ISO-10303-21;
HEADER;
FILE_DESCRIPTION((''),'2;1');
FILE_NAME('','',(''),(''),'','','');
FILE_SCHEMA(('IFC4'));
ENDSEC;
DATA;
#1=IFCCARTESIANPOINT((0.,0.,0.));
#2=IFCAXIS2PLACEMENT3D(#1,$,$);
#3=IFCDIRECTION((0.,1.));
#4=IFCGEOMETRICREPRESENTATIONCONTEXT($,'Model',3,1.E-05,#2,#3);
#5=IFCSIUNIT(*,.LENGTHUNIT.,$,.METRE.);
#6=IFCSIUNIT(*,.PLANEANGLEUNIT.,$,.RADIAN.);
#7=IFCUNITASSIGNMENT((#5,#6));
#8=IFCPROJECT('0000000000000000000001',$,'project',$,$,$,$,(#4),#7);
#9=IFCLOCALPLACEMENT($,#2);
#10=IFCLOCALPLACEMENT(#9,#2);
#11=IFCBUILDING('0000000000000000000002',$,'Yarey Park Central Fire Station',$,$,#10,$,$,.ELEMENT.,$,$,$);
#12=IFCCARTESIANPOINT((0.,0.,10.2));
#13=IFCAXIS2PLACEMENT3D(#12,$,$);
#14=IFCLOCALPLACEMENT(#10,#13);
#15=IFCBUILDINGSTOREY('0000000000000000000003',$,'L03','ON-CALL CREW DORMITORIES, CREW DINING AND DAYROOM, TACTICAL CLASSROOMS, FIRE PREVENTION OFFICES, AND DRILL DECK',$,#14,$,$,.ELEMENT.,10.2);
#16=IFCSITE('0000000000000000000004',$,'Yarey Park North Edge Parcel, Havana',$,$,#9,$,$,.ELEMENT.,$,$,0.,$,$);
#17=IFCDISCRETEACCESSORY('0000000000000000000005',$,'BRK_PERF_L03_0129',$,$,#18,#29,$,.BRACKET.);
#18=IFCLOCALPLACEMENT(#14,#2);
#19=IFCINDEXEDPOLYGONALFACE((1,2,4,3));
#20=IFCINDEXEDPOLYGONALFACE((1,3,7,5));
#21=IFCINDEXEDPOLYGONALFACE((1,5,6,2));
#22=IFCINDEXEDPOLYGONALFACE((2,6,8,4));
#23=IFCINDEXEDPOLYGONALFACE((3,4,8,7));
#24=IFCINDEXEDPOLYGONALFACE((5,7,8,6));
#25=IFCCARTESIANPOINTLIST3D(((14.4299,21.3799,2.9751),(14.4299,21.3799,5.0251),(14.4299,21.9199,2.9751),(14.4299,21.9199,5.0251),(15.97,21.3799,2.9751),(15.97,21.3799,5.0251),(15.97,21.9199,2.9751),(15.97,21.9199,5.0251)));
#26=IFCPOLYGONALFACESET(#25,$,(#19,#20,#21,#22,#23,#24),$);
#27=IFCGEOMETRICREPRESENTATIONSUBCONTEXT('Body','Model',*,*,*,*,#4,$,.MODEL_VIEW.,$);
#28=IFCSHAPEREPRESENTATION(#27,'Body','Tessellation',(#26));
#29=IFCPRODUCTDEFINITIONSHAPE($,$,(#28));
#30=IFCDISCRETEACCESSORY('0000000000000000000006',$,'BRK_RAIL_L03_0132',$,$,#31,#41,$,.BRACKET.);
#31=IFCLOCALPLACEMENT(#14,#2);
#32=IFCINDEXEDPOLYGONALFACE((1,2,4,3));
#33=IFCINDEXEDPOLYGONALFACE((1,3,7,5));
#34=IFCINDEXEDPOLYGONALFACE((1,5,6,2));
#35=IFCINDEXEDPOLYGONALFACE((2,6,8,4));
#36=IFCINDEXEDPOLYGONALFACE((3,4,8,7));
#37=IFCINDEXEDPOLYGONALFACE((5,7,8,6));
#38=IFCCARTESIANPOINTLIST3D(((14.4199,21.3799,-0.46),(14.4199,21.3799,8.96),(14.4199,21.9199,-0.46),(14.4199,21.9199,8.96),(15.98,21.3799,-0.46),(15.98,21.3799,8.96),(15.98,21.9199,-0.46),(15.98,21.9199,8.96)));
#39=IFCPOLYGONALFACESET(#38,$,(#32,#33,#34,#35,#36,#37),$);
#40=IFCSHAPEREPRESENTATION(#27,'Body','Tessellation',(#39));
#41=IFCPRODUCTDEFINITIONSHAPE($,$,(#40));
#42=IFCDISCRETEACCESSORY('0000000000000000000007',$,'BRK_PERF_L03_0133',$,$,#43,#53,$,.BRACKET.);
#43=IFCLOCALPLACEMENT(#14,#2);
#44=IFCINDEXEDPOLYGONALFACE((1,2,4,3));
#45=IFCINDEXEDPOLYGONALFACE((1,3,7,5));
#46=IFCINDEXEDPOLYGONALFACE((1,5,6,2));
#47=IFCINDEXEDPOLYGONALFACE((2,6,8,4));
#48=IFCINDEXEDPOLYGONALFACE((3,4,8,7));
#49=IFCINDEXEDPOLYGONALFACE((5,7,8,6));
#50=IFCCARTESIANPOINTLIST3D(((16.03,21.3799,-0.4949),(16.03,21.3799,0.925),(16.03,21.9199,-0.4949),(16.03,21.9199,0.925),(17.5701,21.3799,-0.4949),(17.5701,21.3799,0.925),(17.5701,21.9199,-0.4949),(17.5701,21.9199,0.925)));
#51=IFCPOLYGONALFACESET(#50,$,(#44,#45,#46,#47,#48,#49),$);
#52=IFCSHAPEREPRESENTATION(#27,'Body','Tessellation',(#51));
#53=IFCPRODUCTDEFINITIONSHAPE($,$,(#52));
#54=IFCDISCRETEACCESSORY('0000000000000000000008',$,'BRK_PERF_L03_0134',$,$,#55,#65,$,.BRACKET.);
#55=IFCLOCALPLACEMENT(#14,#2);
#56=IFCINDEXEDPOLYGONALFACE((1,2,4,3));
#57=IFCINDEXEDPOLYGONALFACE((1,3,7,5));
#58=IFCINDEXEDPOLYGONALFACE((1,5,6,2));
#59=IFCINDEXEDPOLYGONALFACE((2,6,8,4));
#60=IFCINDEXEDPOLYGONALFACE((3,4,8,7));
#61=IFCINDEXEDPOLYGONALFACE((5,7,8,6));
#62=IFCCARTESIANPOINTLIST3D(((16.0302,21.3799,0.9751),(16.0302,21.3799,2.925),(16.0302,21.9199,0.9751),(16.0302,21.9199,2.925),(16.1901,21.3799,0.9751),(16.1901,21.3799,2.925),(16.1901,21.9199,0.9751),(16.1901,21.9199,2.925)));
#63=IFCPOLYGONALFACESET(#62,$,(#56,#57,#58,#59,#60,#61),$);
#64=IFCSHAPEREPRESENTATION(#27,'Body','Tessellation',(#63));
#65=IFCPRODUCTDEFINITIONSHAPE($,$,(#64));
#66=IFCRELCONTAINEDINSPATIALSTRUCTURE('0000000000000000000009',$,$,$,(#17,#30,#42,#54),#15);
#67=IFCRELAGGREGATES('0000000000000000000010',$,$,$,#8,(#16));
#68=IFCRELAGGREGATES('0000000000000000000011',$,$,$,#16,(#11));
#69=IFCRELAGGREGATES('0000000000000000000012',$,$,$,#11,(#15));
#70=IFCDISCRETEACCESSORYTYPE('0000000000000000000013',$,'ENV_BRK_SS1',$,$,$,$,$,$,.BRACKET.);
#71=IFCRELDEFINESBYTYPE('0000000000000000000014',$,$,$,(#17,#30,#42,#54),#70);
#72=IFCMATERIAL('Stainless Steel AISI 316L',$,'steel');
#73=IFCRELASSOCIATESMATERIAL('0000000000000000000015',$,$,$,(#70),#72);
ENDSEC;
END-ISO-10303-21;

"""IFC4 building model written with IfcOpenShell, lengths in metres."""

from ifc_helpers import new_model, si_unit, direction, frame, origin, origin_2d, place, context, subcontext, project, spatial, rectangle, extrude, material, type_object, element, save


model = new_model("IFC4")

# Units and contexts
model_context = context("Model", 3, precision=1e-05, world=origin(), true_north=direction((0.0, 1.0)))
body_context = subcontext(model_context, "Body", "Model", "MODEL_VIEW")
ifc_project = project(units=[si_unit("LENGTHUNIT", "METRE"), si_unit("PLANEANGLEUNIT", "RADIAN")], contexts=[model_context])

# Site, building, storey
site_placement = place(None, origin())
site = spatial("IfcSite", under=ifc_project, at=site_placement, Name="Yarey Park North Edge Parcel, Havana", CompositionType="ELEMENT", RefElevation=0.0)
building_placement = place(site_placement, origin())
building = spatial("IfcBuilding", under=site, at=building_placement, Name="Yarey Park Central Fire Station", CompositionType="ELEMENT")
storey_placement = place(building_placement, frame((0.0, 0.0, 10.2)))
storey = spatial("IfcBuildingStorey", under=building, at=storey_placement, Name="L03", Description="ON-CALL CREW DORMITORIES, CREW DINING AND DAYROOM, TACTICAL CLASSROOMS, FIRE PREVENTION OFFICES, AND DRILL DECK", CompositionType="ELEMENT", Elevation=10.2)

# Discrete accessories
ifc_material_1 = material(Name="Stainless Steel AISI 316L", Category="steel")
discrete_accessory_type = type_object("IfcDiscreteAccessoryType", Name="ENV_BRK_SS1", PredefinedType="BRACKET", material=ifc_material_1)
discrete_accessory_1_placement = place(storey_placement, frame((15.2, 21.6499, 2.9751), z_axis=(0.0, 0.0, 1.0), x_axis=(1.0, 0.0, 0.0)))
element("IfcDiscreteAccessory", 1, at=discrete_accessory_1_placement, inside=storey, type_object=discrete_accessory_type, Name="BRK_PERF_L03_0129", PredefinedType="BRACKET", context=body_context, shape_type="SweptSolid", body=[
    extrude(rectangle(XDim=1.54, YDim=0.54, at=origin_2d()), origin(), (0.0, 0.0, 1.0), 2.05),
])
discrete_accessory_2_placement = place(storey_placement, frame((15.2, 21.6499, -0.46), z_axis=(0.0, 0.0, 1.0), x_axis=(1.0, 0.0, 0.0)))
element("IfcDiscreteAccessory", 2, at=discrete_accessory_2_placement, inside=storey, type_object=discrete_accessory_type, Name="BRK_RAIL_L03_0132", PredefinedType="BRACKET", context=body_context, shape_type="SweptSolid", body=[
    extrude(rectangle(XDim=1.5601, YDim=0.54, at=origin_2d()), origin(), (0.0, 0.0, 1.0), 9.4199),
])
discrete_accessory_3_placement = place(storey_placement, frame((16.8, 21.6499, -0.4949), z_axis=(0.0, 0.0, 1.0), x_axis=(1.0, 0.0, 0.0)))
element("IfcDiscreteAccessory", 3, at=discrete_accessory_3_placement, inside=storey, type_object=discrete_accessory_type, Name="BRK_PERF_L03_0133", PredefinedType="BRACKET", context=body_context, shape_type="SweptSolid", body=[
    extrude(rectangle(XDim=1.54, YDim=0.54, at=origin_2d()), origin(), (0.0, 0.0, 1.0), 1.4199),
])
discrete_accessory_4_placement = place(storey_placement, frame((16.1101, 21.6499, 0.9751), z_axis=(0.0, 0.0, 1.0), x_axis=(1.0, 0.0, 0.0)))
element("IfcDiscreteAccessory", 4, at=discrete_accessory_4_placement, inside=storey, type_object=discrete_accessory_type, Name="BRK_PERF_L03_0134", PredefinedType="BRACKET", context=body_context, shape_type="SweptSolid", body=[
    extrude(rectangle(XDim=0.1599, YDim=0.54, at=origin_2d()), origin(), (0.0, 0.0, 1.0), 1.95),
])

save(model, "model.ifc")
